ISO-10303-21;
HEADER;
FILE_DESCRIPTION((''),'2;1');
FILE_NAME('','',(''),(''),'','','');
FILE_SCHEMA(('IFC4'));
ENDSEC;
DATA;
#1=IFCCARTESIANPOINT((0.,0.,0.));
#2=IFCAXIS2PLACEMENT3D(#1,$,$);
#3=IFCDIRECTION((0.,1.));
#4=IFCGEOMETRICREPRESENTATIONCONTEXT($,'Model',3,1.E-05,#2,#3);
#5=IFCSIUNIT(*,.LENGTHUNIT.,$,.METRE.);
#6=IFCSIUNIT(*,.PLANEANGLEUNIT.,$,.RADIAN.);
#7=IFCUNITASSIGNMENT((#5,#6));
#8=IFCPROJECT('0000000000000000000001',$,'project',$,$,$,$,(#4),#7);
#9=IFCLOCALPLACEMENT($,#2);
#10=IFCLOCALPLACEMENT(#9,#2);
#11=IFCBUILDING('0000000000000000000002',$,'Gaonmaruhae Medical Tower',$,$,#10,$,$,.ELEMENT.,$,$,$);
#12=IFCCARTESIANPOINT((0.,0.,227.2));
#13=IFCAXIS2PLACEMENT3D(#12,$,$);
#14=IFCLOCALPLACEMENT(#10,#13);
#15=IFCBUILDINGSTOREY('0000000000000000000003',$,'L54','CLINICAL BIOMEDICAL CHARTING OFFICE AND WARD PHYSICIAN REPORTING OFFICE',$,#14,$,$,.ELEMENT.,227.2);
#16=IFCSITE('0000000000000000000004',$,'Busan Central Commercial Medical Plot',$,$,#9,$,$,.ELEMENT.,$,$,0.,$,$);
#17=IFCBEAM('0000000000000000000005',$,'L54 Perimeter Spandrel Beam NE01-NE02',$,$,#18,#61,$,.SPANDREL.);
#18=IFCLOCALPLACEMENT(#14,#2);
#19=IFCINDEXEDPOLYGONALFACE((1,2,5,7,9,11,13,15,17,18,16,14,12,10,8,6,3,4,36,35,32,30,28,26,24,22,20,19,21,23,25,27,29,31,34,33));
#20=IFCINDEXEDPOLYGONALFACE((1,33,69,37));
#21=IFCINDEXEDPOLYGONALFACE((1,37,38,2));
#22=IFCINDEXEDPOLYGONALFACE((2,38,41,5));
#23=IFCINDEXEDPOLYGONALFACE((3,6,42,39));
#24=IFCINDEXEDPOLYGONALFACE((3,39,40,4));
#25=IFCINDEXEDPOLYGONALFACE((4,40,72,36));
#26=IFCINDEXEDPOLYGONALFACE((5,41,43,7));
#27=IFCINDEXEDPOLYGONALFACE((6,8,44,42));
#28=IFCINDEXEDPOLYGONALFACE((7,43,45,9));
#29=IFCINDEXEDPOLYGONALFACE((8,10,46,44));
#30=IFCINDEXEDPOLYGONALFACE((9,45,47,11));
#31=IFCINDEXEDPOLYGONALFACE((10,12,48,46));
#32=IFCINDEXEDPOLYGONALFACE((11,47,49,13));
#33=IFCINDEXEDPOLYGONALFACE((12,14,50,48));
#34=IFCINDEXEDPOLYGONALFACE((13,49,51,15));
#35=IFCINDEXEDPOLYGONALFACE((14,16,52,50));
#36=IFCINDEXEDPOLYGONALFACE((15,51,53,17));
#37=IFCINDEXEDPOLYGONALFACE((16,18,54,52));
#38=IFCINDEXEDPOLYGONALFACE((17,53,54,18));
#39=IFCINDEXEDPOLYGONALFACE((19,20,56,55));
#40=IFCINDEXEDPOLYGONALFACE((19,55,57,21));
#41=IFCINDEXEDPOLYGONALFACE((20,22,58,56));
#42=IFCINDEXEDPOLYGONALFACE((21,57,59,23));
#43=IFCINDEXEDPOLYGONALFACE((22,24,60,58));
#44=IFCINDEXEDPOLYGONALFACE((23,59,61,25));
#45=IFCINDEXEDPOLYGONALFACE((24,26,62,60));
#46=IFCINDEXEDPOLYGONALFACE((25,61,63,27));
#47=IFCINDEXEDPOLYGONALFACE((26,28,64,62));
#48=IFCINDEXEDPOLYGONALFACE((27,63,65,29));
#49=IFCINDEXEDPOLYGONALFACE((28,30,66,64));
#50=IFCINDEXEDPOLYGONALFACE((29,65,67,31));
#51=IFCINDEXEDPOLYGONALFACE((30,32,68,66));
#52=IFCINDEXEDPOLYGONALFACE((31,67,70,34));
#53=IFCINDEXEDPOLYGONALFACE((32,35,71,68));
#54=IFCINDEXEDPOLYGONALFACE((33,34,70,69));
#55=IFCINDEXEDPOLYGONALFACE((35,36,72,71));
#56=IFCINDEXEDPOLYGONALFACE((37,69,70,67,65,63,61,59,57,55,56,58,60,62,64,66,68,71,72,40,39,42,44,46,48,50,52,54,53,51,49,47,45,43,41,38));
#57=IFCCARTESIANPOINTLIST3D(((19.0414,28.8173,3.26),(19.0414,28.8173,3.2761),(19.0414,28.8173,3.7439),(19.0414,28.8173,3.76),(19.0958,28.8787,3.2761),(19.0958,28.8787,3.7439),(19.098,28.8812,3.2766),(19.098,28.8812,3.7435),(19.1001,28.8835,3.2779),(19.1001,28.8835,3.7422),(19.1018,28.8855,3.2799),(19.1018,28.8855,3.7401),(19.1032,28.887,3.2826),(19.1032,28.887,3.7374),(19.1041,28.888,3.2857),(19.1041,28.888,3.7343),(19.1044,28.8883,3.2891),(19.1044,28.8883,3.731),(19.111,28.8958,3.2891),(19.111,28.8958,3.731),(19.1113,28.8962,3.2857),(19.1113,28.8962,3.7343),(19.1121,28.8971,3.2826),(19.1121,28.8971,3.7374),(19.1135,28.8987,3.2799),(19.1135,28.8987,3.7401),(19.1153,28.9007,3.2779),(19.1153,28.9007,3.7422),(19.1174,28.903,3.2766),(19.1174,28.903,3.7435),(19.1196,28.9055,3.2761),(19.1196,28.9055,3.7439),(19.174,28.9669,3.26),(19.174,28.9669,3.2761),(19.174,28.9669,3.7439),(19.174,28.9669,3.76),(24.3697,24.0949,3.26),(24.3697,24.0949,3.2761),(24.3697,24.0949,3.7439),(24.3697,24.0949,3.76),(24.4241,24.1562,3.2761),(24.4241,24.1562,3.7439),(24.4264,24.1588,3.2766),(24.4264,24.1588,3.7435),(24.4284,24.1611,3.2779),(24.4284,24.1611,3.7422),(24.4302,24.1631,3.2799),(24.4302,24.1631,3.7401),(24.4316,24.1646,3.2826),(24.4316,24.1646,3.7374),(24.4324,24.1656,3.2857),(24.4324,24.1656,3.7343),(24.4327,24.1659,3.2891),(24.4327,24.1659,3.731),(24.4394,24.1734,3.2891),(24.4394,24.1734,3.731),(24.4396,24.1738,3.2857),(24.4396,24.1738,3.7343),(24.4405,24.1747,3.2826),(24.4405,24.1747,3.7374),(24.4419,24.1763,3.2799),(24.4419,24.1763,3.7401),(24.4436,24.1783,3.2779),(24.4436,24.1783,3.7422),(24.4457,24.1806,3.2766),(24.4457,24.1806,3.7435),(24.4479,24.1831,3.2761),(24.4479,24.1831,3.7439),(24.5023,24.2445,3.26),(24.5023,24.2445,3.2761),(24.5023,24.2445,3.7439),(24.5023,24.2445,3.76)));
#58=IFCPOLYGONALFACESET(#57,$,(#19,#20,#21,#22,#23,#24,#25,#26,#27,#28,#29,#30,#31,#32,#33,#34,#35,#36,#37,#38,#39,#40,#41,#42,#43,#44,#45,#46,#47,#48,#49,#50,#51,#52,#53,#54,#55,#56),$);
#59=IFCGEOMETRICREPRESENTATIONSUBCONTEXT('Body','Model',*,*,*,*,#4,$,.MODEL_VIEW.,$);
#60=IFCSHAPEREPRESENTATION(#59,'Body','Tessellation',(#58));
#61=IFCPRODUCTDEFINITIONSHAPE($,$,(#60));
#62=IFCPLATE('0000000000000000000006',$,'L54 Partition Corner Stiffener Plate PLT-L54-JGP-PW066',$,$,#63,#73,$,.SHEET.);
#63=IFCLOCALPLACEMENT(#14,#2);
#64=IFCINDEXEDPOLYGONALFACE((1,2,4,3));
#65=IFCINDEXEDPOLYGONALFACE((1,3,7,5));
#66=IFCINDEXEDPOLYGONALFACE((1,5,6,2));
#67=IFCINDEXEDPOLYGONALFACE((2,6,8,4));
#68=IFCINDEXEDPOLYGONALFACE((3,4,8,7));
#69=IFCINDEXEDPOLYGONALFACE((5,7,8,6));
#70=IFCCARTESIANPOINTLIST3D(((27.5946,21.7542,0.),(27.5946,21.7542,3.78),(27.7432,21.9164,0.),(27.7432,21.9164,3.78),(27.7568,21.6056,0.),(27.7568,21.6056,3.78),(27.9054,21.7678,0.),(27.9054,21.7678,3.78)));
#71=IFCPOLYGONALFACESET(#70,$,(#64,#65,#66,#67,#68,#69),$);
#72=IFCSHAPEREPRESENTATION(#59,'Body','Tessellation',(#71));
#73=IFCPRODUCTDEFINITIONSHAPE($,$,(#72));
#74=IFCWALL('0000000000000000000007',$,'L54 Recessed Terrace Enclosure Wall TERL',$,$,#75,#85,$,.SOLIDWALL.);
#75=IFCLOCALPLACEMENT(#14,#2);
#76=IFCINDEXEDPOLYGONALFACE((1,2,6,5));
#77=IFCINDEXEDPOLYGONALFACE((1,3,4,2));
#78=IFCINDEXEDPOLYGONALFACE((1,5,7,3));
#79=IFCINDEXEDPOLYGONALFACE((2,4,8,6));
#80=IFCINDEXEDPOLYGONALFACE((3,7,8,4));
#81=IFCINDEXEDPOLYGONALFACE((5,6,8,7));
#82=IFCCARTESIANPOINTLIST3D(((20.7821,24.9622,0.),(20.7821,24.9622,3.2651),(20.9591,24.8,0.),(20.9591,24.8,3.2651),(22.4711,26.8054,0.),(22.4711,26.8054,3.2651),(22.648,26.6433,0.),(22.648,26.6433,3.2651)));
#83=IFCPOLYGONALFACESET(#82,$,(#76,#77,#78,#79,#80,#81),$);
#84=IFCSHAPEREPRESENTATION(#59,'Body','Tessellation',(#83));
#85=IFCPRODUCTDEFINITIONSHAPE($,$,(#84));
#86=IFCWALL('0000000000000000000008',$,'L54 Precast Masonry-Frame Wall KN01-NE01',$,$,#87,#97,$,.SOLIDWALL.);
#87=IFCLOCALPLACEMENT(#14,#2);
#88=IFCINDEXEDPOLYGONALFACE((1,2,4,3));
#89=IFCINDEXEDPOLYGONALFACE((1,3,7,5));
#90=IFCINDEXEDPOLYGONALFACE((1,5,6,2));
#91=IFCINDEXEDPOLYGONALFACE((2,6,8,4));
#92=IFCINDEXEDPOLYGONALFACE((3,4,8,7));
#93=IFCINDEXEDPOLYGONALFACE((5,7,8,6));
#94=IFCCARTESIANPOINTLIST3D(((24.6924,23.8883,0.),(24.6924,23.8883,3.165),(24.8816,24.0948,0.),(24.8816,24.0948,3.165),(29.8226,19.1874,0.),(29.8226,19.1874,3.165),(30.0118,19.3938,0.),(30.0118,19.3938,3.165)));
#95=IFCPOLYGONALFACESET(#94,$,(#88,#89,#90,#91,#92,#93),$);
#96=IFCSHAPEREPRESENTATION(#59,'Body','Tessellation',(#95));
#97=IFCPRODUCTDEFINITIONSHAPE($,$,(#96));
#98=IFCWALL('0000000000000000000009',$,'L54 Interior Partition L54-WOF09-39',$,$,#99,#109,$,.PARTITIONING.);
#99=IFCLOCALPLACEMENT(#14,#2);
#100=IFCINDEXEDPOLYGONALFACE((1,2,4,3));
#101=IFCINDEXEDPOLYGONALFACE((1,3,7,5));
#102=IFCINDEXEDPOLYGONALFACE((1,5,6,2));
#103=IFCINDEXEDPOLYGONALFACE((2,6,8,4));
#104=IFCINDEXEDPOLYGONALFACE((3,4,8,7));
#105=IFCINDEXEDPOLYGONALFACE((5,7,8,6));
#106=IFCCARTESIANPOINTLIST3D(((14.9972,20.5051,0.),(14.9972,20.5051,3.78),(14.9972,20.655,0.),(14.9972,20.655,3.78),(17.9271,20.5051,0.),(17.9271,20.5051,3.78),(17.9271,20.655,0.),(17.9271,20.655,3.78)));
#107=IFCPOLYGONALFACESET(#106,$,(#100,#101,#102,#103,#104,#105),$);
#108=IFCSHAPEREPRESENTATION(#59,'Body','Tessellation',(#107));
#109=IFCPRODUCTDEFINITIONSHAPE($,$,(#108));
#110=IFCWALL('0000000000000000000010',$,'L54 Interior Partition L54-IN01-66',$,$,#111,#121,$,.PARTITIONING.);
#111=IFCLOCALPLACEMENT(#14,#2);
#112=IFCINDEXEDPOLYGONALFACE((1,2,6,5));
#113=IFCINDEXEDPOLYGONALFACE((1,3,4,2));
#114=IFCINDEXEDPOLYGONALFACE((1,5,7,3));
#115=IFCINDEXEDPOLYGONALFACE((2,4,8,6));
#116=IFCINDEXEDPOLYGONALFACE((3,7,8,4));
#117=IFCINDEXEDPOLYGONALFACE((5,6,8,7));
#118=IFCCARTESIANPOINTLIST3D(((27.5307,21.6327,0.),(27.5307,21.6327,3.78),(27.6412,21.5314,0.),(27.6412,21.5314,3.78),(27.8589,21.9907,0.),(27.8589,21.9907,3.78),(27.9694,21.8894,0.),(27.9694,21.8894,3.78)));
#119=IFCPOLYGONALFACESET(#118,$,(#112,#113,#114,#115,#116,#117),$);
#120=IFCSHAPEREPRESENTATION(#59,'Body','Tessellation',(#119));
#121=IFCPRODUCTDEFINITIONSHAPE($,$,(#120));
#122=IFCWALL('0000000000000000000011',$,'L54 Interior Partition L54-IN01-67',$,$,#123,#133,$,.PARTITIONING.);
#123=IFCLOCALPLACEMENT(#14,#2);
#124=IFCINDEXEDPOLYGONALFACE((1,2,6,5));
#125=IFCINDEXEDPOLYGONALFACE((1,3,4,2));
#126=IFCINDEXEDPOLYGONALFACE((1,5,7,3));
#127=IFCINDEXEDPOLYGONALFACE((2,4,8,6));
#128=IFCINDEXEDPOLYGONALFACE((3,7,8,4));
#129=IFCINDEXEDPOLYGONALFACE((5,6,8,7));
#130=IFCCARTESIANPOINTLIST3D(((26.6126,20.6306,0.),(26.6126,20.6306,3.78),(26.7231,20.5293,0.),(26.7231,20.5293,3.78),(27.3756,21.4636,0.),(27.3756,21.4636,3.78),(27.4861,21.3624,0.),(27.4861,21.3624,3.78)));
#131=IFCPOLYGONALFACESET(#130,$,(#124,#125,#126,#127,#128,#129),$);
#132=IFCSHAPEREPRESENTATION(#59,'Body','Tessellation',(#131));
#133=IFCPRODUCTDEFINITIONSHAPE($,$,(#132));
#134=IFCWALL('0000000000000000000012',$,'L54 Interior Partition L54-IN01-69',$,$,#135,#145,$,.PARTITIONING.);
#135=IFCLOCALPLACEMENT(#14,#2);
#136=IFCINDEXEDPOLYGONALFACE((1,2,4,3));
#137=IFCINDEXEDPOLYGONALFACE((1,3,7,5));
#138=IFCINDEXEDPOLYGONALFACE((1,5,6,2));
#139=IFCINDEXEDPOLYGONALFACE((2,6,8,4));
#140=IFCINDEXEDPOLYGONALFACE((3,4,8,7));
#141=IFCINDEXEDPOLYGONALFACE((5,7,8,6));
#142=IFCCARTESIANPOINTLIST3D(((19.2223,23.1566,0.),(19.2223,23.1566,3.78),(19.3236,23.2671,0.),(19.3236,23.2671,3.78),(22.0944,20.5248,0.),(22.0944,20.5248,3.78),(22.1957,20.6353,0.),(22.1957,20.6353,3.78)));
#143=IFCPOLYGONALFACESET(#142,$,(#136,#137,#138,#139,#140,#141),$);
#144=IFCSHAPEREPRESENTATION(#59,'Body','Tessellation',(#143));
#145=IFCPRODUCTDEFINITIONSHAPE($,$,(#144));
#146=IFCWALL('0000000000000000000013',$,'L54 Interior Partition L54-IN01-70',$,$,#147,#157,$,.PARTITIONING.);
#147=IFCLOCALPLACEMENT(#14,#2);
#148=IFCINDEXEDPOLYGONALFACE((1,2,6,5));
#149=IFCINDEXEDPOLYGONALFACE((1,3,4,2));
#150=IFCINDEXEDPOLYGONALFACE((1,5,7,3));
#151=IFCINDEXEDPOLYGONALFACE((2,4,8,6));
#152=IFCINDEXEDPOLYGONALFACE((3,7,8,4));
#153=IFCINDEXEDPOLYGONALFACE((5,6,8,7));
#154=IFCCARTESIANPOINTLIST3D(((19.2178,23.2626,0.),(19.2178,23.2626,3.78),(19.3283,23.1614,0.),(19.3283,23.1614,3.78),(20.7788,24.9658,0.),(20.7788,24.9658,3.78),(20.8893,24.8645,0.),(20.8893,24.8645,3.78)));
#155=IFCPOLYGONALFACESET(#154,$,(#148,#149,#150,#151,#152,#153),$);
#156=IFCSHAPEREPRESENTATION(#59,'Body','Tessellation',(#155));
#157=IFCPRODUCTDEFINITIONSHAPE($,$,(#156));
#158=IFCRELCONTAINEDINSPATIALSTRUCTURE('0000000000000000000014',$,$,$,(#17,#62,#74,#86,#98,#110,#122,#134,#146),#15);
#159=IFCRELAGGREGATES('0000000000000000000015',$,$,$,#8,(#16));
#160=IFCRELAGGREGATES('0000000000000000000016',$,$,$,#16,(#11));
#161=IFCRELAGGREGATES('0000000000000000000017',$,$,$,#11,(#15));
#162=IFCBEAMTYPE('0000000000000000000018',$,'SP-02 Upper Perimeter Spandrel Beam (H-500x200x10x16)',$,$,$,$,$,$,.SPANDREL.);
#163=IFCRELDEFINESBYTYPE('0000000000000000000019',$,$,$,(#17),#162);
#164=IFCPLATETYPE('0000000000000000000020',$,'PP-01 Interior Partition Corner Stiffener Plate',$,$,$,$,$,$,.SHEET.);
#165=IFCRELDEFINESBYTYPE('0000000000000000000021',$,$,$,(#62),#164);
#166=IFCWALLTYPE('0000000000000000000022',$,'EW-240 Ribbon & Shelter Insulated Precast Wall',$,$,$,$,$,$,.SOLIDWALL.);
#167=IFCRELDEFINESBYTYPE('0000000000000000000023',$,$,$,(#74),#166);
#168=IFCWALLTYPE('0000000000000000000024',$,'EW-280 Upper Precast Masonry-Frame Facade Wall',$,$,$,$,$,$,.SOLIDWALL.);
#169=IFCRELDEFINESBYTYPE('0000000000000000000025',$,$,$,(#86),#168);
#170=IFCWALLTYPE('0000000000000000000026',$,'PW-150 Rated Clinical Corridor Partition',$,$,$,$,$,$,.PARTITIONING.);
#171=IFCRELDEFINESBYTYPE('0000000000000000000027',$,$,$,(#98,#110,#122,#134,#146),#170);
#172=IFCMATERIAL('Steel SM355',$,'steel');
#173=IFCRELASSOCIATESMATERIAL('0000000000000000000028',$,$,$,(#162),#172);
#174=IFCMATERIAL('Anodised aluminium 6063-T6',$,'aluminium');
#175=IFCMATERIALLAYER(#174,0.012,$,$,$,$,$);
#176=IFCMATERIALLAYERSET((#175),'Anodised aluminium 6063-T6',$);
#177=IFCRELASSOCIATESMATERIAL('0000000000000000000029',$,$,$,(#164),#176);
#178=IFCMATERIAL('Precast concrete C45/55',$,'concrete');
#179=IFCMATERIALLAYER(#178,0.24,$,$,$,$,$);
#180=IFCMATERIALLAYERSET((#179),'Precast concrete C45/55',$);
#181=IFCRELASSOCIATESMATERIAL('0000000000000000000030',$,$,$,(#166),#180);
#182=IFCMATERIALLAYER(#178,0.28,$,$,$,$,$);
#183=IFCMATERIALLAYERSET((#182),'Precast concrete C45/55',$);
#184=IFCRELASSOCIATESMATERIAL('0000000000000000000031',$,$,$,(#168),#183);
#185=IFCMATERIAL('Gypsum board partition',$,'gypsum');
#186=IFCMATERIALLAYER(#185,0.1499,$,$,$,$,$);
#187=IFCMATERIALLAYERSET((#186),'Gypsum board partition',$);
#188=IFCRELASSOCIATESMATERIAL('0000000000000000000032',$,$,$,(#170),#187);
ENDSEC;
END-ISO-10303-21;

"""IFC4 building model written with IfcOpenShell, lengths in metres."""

from ifc_helpers import new_model, si_unit, direction, frame, frame_2d, origin, origin_2d, place, context, subcontext, project, spatial, rectangle, i_section, extrude, material, layer, layer_set, material_profile, profile_set, type_object, element, save


model = new_model("IFC4")

# Units and contexts
model_context = context("Model", 3, precision=1e-05, world=origin(), true_north=direction((0.0, 1.0)))
body_context = subcontext(model_context, "Body", "Model", "MODEL_VIEW")
ifc_project = project(units=[si_unit("LENGTHUNIT", "METRE"), si_unit("PLANEANGLEUNIT", "RADIAN")], contexts=[model_context])

# Site, building, storey
site_placement = place(None, origin())
site = spatial("IfcSite", under=ifc_project, at=site_placement, Name="Busan Central Commercial Medical Plot", CompositionType="ELEMENT", RefElevation=0.0)
building_placement = place(site_placement, origin())
building = spatial("IfcBuilding", under=site, at=building_placement, Name="Gaonmaruhae Medical Tower", CompositionType="ELEMENT")
storey_placement = place(building_placement, frame((0.0, 0.0, 227.2)))
storey = spatial("IfcBuildingStorey", under=building, at=storey_placement, Name="L54", Description="CLINICAL BIOMEDICAL CHARTING OFFICE AND WARD PHYSICIAN REPORTING OFFICE", CompositionType="ELEMENT", Elevation=227.2)

# Beam
ifc_material_1 = material(Name="Steel SM355", Category="steel")
ifc_material_profile_1 = material_profile(ifc_material_1, i_section(OverallWidth=0.2, OverallDepth=0.5, WebThickness=0.01, FlangeThickness=0.0161, FilletRadius=0.0129, at=origin_2d()), Name="H-500x200x10x16")
ifc_profile_set_1 = profile_set([ifc_material_profile_1], Name="Steel SM355")
beam_type_1 = type_object("IfcBeamType", Name="SP-02 Upper Perimeter Spandrel Beam (H-500x200x10x16)", PredefinedType="SPANDREL", material=ifc_profile_set_1)
beam_1_placement = place(storey_placement, frame((24.436, 24.1697, 3.51), z_axis=(-0.748379, 0.663271, 0.0), x_axis=(-0.663271, -0.748379, 0.0)))
element("IfcBeam", 1, at=beam_1_placement, inside=storey, type_object=beam_type_1, Name="L54 Perimeter Spandrel Beam NE01-NE02", PredefinedType="SPANDREL", context=body_context, shape_type="SweptSolid", body=[
    extrude(i_section(OverallWidth=0.2, OverallDepth=0.5, WebThickness=0.01, FlangeThickness=0.0161, FilletRadius=0.0129, at=origin_2d()), origin(), (0.0, 0.0, 1.0), 7.1199),
])

# Plate
ifc_material_2 = material(Name="Anodised aluminium 6063-T6", Category="aluminium")
ifc_layer_1 = layer(ifc_material_2, 0.012)
ifc_layer_set_1 = layer_set([ifc_layer_1], Name="Anodised aluminium 6063-T6")
plate_type = type_object("IfcPlateType", Name="PP-01 Interior Partition Corner Stiffener Plate", PredefinedType="SHEET", material=ifc_layer_set_1)
plate_placement = place(storey_placement, frame((27.75, 21.761, 0.0), z_axis=(0.0, 0.0, 1.0), x_axis=(-0.675539, -0.737325, 0.0)))
element("IfcPlate", 2, at=plate_placement, inside=storey, type_object=plate_type, Name="L54 Partition Corner Stiffener Plate PLT-L54-JGP-PW066", PredefinedType="SHEET", context=body_context, shape_type="SweptSolid", body=[
    extrude(rectangle(XDim=0.22, YDim=0.22, at=origin_2d()), origin(), (0.0, 0.0, 1.0), 3.78),
])

# Walls
ifc_material_3 = material(Name="Precast concrete C45/55", Category="concrete")
ifc_layer_2 = layer(ifc_material_3, 0.24)
ifc_layer_set_2 = layer_set([ifc_layer_2], Name="Precast concrete C45/55")
wall_type_1 = type_object("IfcWallType", Name="EW-240 Ribbon & Shelter Insulated Precast Wall", PredefinedType="SOLIDWALL", material=ifc_layer_set_2)
wall_1_placement = place(storey_placement, frame((20.8706, 24.8811, 0.0), z_axis=(0.0, 0.0, 1.0), x_axis=(0.675574, 0.737292, 0.0)))
element("IfcWall", 3, at=wall_1_placement, inside=storey, type_object=wall_type_1, Name="L54 Recessed Terrace Enclosure Wall TERL", PredefinedType="SOLIDWALL", context=body_context, shape_type="SweptSolid", body=[
    extrude(rectangle(XDim=2.5, YDim=0.24, at=frame_2d((1.25, 0.0))), origin(), (0.0, 0.0, 1.0), 3.2651),
])
ifc_layer_3 = layer(ifc_material_3, 0.28)
ifc_layer_set_3 = layer_set([ifc_layer_3], Name="Precast concrete C45/55")
wall_type_2 = type_object("IfcWallType", Name="EW-280 Upper Precast Masonry-Frame Facade Wall", PredefinedType="SOLIDWALL", material=ifc_layer_set_3)
wall_2_placement = place(storey_placement, frame((24.7871, 23.9915, 0.0), z_axis=(0.0, 0.0, 1.0), x_axis=(0.737275, -0.675593, 0.0)))
element("IfcWall", 4, at=wall_2_placement, inside=storey, type_object=wall_type_2, Name="L54 Precast Masonry-Frame Wall KN01-NE01", PredefinedType="SOLIDWALL", context=body_context, shape_type="SweptSolid", body=[
    extrude(rectangle(XDim=6.9583, YDim=0.28, at=frame_2d((3.479, 0.0))), origin(), (0.0, 0.0, 1.0), 3.165),
])
ifc_material_4 = material(Name="Gypsum board partition", Category="gypsum")
ifc_layer_4 = layer(ifc_material_4, 0.1499)
ifc_layer_set_4 = layer_set([ifc_layer_4], Name="Gypsum board partition")
wall_type_3 = type_object("IfcWallType", Name="PW-150 Rated Clinical Corridor Partition", PredefinedType="PARTITIONING", material=ifc_layer_set_4)
wall_3_placement = place(storey_placement, frame((17.927, 20.5801, 0.0), z_axis=(0.0, 0.0, 1.0), x_axis=(-1.0, 0.0, 0.0)))
element("IfcWall", 5, at=wall_3_placement, inside=storey, type_object=wall_type_3, Name="L54 Interior Partition L54-WOF09-39", PredefinedType="PARTITIONING", context=body_context, shape_type="SweptSolid", body=[
    extrude(rectangle(XDim=2.9299, YDim=0.1499, at=frame_2d((1.4648, 0.0))), origin(), (0.0, 0.0, 1.0), 3.78),
])
wall_4_placement = place(storey_placement, frame((27.9141, 21.9399, 0.0), z_axis=(0.0, 0.0, 1.0), x_axis=(-0.67577, -0.737112, 0.0)))
element("IfcWall", 6, at=wall_4_placement, inside=storey, type_object=wall_type_3, Name="L54 Interior Partition L54-IN01-66", PredefinedType="PARTITIONING", context=body_context, shape_type="SweptSolid", body=[
    extrude(rectangle(XDim=0.4856, YDim=0.1499, at=frame_2d((0.2427, 0.0))), origin(), (0.0, 0.0, 1.0), 3.78),
])
wall_5_placement = place(storey_placement, frame((27.4309, 21.4131, 0.0), z_axis=(0.0, 0.0, 1.0), x_axis=(-0.675411, -0.737441, 0.0)))
element("IfcWall", 7, at=wall_5_placement, inside=storey, type_object=wall_type_3, Name="L54 Interior Partition L54-IN01-67", PredefinedType="PARTITIONING", context=body_context, shape_type="SweptSolid", body=[
    extrude(rectangle(XDim=1.1296, YDim=0.1499, at=frame_2d((0.5649, 0.0))), origin(), (0.0, 0.0, 1.0), 3.78),
])

# Walls
wall_6_placement = place(storey_placement, frame((22.145, 20.5801, 0.0), z_axis=(0.0, 0.0, 1.0), x_axis=(-0.737269, 0.6756, 0.0)))
element("IfcWall", 8, at=wall_6_placement, inside=storey, type_object=wall_type_3, Name="L54 Interior Partition L54-IN01-69", PredefinedType="PARTITIONING", context=body_context, shape_type="SweptSolid", body=[
    extrude(rectangle(XDim=3.8955, YDim=0.1499, at=frame_2d((1.9478, 0.0))), origin(), (0.0, 0.0, 1.0), 3.78),
])
wall_7_placement = place(storey_placement, frame((19.2729, 23.2119, 0.0), z_axis=(0.0, 0.0, 1.0), x_axis=(0.675686, 0.737189, 0.0)))
element("IfcWall", 9, at=wall_7_placement, inside=storey, type_object=wall_type_3, Name="L54 Interior Partition L54-IN01-70", PredefinedType="PARTITIONING", context=body_context, shape_type="SweptSolid", body=[
    extrude(rectangle(XDim=2.3103, YDim=0.1499, at=frame_2d((1.1553, 0.0))), origin(), (0.0, 0.0, 1.0), 3.78),
])

save(model, "model.ifc")
